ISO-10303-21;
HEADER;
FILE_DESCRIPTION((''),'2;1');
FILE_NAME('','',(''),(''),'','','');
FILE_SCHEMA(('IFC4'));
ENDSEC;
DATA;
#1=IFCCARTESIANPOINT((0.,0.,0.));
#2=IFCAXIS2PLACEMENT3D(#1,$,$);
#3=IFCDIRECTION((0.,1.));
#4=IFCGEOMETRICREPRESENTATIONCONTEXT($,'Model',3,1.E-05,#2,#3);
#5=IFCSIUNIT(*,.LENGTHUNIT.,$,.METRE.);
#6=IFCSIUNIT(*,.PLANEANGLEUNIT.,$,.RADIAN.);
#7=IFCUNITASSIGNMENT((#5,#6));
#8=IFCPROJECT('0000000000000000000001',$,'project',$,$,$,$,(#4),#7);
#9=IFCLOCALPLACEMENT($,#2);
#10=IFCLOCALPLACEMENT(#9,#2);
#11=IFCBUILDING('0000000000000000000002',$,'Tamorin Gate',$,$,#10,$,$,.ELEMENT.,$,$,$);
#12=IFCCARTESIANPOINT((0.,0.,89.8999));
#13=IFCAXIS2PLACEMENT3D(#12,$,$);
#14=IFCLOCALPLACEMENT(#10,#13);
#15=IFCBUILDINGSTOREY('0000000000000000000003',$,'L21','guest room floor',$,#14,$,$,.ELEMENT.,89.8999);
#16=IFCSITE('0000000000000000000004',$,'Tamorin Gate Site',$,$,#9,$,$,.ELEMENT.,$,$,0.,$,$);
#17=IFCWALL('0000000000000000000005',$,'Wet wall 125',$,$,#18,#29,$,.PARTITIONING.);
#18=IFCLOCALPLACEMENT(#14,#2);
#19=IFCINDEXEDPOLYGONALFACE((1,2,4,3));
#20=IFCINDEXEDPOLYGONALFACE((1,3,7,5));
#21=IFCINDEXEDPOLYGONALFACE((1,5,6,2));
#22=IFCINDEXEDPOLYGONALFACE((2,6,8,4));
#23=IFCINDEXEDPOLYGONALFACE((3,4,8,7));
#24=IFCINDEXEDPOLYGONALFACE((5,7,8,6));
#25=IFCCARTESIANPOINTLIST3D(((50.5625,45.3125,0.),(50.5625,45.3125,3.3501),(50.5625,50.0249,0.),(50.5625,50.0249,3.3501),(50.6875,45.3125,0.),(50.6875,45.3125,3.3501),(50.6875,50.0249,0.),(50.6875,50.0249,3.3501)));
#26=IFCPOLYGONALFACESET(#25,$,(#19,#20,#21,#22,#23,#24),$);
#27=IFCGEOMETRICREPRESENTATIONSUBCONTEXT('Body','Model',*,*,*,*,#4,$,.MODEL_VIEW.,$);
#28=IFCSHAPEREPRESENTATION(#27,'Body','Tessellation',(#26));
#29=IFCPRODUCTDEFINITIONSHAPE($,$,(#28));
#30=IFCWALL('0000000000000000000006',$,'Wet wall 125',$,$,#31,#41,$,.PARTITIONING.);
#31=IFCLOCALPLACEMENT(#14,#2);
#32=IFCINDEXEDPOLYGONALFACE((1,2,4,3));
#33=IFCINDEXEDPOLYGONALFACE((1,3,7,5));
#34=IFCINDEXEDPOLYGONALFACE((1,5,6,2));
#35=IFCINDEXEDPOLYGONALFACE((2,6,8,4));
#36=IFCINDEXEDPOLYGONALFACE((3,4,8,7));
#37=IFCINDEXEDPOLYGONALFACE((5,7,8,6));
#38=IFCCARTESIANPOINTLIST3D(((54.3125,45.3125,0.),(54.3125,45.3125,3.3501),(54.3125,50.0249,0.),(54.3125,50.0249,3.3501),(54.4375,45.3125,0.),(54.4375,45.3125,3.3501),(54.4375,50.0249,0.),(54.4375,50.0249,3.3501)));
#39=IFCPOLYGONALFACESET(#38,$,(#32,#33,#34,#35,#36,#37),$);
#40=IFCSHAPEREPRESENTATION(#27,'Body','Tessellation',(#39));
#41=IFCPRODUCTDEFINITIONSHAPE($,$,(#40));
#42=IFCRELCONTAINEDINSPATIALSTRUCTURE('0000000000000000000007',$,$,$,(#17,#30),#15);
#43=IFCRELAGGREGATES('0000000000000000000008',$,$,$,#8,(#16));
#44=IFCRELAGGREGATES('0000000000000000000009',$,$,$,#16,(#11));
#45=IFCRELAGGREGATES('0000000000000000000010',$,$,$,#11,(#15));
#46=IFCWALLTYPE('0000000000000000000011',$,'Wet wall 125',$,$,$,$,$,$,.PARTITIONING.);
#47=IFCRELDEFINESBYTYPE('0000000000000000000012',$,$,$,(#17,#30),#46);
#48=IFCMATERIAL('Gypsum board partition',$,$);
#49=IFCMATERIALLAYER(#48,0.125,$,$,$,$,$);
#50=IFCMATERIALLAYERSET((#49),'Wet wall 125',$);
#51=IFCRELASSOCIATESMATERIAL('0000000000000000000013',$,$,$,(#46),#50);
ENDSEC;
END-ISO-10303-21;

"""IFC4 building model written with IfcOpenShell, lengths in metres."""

from ifc_helpers import new_model, si_unit, direction, frame, frame_2d, origin, place, context, subcontext, project, spatial, rectangle, extrude, material, layer, layer_set, type_object, element, save


model = new_model("IFC4")

# Units and contexts
model_context = context("Model", 3, precision=1e-05, world=origin(), true_north=direction((0.0, 1.0)))
body_context = subcontext(model_context, "Body", "Model", "MODEL_VIEW")
ifc_project = project(units=[si_unit("LENGTHUNIT", "METRE"), si_unit("PLANEANGLEUNIT", "RADIAN")], contexts=[model_context])

# Site, building, storey
site_placement = place(None, origin())
site = spatial("IfcSite", under=ifc_project, at=site_placement, Name="Tamorin Gate Site", CompositionType="ELEMENT", RefElevation=0.0)
building_placement = place(site_placement, origin())
building = spatial("IfcBuilding", under=site, at=building_placement, Name="Tamorin Gate", CompositionType="ELEMENT")
storey_placement = place(building_placement, frame((0.0, 0.0, 89.8999)))
storey = spatial("IfcBuildingStorey", under=building, at=storey_placement, Name="L21", Description="guest room floor", CompositionType="ELEMENT", Elevation=89.8999)

# Shared definitions
ifc_material_1 = material(Name="Gypsum board partition")

# Shared definitions
ifc_layer_1 = layer(ifc_material_1, 0.125)
ifc_layer_set_1 = layer_set([ifc_layer_1], Name="Wet wall 125")
wall_type_1 = type_object("IfcWallType", Name="Wet wall 125", PredefinedType="PARTITIONING", material=ifc_layer_set_1)

# Walls
for number, where, z_axis, x_axis, name in (
    (1, (50.625, 45.3125, 0.0), (0.0, 0.0, 1.0), (0.0, 1.0, 0.0), "Wet wall 125"),
    (2, (54.375, 45.3125, 0.0), (0.0, 0.0, 1.0), (0.0, 1.0, 0.0), "Wet wall 125"),
):
    element("IfcWall", number, at=place(storey_placement, frame(where, z_axis=z_axis, x_axis=x_axis)), inside=storey, type_object=wall_type_1, Name=name, PredefinedType="PARTITIONING", context=body_context, shape_type="SweptSolid", body=[
        extrude(rectangle(XDim=4.7124, YDim=0.125, at=frame_2d((2.3562, 0.0))), origin(), (0.0, 0.0, 1.0), 3.3501),
    ])

save(model, "model.ifc")
